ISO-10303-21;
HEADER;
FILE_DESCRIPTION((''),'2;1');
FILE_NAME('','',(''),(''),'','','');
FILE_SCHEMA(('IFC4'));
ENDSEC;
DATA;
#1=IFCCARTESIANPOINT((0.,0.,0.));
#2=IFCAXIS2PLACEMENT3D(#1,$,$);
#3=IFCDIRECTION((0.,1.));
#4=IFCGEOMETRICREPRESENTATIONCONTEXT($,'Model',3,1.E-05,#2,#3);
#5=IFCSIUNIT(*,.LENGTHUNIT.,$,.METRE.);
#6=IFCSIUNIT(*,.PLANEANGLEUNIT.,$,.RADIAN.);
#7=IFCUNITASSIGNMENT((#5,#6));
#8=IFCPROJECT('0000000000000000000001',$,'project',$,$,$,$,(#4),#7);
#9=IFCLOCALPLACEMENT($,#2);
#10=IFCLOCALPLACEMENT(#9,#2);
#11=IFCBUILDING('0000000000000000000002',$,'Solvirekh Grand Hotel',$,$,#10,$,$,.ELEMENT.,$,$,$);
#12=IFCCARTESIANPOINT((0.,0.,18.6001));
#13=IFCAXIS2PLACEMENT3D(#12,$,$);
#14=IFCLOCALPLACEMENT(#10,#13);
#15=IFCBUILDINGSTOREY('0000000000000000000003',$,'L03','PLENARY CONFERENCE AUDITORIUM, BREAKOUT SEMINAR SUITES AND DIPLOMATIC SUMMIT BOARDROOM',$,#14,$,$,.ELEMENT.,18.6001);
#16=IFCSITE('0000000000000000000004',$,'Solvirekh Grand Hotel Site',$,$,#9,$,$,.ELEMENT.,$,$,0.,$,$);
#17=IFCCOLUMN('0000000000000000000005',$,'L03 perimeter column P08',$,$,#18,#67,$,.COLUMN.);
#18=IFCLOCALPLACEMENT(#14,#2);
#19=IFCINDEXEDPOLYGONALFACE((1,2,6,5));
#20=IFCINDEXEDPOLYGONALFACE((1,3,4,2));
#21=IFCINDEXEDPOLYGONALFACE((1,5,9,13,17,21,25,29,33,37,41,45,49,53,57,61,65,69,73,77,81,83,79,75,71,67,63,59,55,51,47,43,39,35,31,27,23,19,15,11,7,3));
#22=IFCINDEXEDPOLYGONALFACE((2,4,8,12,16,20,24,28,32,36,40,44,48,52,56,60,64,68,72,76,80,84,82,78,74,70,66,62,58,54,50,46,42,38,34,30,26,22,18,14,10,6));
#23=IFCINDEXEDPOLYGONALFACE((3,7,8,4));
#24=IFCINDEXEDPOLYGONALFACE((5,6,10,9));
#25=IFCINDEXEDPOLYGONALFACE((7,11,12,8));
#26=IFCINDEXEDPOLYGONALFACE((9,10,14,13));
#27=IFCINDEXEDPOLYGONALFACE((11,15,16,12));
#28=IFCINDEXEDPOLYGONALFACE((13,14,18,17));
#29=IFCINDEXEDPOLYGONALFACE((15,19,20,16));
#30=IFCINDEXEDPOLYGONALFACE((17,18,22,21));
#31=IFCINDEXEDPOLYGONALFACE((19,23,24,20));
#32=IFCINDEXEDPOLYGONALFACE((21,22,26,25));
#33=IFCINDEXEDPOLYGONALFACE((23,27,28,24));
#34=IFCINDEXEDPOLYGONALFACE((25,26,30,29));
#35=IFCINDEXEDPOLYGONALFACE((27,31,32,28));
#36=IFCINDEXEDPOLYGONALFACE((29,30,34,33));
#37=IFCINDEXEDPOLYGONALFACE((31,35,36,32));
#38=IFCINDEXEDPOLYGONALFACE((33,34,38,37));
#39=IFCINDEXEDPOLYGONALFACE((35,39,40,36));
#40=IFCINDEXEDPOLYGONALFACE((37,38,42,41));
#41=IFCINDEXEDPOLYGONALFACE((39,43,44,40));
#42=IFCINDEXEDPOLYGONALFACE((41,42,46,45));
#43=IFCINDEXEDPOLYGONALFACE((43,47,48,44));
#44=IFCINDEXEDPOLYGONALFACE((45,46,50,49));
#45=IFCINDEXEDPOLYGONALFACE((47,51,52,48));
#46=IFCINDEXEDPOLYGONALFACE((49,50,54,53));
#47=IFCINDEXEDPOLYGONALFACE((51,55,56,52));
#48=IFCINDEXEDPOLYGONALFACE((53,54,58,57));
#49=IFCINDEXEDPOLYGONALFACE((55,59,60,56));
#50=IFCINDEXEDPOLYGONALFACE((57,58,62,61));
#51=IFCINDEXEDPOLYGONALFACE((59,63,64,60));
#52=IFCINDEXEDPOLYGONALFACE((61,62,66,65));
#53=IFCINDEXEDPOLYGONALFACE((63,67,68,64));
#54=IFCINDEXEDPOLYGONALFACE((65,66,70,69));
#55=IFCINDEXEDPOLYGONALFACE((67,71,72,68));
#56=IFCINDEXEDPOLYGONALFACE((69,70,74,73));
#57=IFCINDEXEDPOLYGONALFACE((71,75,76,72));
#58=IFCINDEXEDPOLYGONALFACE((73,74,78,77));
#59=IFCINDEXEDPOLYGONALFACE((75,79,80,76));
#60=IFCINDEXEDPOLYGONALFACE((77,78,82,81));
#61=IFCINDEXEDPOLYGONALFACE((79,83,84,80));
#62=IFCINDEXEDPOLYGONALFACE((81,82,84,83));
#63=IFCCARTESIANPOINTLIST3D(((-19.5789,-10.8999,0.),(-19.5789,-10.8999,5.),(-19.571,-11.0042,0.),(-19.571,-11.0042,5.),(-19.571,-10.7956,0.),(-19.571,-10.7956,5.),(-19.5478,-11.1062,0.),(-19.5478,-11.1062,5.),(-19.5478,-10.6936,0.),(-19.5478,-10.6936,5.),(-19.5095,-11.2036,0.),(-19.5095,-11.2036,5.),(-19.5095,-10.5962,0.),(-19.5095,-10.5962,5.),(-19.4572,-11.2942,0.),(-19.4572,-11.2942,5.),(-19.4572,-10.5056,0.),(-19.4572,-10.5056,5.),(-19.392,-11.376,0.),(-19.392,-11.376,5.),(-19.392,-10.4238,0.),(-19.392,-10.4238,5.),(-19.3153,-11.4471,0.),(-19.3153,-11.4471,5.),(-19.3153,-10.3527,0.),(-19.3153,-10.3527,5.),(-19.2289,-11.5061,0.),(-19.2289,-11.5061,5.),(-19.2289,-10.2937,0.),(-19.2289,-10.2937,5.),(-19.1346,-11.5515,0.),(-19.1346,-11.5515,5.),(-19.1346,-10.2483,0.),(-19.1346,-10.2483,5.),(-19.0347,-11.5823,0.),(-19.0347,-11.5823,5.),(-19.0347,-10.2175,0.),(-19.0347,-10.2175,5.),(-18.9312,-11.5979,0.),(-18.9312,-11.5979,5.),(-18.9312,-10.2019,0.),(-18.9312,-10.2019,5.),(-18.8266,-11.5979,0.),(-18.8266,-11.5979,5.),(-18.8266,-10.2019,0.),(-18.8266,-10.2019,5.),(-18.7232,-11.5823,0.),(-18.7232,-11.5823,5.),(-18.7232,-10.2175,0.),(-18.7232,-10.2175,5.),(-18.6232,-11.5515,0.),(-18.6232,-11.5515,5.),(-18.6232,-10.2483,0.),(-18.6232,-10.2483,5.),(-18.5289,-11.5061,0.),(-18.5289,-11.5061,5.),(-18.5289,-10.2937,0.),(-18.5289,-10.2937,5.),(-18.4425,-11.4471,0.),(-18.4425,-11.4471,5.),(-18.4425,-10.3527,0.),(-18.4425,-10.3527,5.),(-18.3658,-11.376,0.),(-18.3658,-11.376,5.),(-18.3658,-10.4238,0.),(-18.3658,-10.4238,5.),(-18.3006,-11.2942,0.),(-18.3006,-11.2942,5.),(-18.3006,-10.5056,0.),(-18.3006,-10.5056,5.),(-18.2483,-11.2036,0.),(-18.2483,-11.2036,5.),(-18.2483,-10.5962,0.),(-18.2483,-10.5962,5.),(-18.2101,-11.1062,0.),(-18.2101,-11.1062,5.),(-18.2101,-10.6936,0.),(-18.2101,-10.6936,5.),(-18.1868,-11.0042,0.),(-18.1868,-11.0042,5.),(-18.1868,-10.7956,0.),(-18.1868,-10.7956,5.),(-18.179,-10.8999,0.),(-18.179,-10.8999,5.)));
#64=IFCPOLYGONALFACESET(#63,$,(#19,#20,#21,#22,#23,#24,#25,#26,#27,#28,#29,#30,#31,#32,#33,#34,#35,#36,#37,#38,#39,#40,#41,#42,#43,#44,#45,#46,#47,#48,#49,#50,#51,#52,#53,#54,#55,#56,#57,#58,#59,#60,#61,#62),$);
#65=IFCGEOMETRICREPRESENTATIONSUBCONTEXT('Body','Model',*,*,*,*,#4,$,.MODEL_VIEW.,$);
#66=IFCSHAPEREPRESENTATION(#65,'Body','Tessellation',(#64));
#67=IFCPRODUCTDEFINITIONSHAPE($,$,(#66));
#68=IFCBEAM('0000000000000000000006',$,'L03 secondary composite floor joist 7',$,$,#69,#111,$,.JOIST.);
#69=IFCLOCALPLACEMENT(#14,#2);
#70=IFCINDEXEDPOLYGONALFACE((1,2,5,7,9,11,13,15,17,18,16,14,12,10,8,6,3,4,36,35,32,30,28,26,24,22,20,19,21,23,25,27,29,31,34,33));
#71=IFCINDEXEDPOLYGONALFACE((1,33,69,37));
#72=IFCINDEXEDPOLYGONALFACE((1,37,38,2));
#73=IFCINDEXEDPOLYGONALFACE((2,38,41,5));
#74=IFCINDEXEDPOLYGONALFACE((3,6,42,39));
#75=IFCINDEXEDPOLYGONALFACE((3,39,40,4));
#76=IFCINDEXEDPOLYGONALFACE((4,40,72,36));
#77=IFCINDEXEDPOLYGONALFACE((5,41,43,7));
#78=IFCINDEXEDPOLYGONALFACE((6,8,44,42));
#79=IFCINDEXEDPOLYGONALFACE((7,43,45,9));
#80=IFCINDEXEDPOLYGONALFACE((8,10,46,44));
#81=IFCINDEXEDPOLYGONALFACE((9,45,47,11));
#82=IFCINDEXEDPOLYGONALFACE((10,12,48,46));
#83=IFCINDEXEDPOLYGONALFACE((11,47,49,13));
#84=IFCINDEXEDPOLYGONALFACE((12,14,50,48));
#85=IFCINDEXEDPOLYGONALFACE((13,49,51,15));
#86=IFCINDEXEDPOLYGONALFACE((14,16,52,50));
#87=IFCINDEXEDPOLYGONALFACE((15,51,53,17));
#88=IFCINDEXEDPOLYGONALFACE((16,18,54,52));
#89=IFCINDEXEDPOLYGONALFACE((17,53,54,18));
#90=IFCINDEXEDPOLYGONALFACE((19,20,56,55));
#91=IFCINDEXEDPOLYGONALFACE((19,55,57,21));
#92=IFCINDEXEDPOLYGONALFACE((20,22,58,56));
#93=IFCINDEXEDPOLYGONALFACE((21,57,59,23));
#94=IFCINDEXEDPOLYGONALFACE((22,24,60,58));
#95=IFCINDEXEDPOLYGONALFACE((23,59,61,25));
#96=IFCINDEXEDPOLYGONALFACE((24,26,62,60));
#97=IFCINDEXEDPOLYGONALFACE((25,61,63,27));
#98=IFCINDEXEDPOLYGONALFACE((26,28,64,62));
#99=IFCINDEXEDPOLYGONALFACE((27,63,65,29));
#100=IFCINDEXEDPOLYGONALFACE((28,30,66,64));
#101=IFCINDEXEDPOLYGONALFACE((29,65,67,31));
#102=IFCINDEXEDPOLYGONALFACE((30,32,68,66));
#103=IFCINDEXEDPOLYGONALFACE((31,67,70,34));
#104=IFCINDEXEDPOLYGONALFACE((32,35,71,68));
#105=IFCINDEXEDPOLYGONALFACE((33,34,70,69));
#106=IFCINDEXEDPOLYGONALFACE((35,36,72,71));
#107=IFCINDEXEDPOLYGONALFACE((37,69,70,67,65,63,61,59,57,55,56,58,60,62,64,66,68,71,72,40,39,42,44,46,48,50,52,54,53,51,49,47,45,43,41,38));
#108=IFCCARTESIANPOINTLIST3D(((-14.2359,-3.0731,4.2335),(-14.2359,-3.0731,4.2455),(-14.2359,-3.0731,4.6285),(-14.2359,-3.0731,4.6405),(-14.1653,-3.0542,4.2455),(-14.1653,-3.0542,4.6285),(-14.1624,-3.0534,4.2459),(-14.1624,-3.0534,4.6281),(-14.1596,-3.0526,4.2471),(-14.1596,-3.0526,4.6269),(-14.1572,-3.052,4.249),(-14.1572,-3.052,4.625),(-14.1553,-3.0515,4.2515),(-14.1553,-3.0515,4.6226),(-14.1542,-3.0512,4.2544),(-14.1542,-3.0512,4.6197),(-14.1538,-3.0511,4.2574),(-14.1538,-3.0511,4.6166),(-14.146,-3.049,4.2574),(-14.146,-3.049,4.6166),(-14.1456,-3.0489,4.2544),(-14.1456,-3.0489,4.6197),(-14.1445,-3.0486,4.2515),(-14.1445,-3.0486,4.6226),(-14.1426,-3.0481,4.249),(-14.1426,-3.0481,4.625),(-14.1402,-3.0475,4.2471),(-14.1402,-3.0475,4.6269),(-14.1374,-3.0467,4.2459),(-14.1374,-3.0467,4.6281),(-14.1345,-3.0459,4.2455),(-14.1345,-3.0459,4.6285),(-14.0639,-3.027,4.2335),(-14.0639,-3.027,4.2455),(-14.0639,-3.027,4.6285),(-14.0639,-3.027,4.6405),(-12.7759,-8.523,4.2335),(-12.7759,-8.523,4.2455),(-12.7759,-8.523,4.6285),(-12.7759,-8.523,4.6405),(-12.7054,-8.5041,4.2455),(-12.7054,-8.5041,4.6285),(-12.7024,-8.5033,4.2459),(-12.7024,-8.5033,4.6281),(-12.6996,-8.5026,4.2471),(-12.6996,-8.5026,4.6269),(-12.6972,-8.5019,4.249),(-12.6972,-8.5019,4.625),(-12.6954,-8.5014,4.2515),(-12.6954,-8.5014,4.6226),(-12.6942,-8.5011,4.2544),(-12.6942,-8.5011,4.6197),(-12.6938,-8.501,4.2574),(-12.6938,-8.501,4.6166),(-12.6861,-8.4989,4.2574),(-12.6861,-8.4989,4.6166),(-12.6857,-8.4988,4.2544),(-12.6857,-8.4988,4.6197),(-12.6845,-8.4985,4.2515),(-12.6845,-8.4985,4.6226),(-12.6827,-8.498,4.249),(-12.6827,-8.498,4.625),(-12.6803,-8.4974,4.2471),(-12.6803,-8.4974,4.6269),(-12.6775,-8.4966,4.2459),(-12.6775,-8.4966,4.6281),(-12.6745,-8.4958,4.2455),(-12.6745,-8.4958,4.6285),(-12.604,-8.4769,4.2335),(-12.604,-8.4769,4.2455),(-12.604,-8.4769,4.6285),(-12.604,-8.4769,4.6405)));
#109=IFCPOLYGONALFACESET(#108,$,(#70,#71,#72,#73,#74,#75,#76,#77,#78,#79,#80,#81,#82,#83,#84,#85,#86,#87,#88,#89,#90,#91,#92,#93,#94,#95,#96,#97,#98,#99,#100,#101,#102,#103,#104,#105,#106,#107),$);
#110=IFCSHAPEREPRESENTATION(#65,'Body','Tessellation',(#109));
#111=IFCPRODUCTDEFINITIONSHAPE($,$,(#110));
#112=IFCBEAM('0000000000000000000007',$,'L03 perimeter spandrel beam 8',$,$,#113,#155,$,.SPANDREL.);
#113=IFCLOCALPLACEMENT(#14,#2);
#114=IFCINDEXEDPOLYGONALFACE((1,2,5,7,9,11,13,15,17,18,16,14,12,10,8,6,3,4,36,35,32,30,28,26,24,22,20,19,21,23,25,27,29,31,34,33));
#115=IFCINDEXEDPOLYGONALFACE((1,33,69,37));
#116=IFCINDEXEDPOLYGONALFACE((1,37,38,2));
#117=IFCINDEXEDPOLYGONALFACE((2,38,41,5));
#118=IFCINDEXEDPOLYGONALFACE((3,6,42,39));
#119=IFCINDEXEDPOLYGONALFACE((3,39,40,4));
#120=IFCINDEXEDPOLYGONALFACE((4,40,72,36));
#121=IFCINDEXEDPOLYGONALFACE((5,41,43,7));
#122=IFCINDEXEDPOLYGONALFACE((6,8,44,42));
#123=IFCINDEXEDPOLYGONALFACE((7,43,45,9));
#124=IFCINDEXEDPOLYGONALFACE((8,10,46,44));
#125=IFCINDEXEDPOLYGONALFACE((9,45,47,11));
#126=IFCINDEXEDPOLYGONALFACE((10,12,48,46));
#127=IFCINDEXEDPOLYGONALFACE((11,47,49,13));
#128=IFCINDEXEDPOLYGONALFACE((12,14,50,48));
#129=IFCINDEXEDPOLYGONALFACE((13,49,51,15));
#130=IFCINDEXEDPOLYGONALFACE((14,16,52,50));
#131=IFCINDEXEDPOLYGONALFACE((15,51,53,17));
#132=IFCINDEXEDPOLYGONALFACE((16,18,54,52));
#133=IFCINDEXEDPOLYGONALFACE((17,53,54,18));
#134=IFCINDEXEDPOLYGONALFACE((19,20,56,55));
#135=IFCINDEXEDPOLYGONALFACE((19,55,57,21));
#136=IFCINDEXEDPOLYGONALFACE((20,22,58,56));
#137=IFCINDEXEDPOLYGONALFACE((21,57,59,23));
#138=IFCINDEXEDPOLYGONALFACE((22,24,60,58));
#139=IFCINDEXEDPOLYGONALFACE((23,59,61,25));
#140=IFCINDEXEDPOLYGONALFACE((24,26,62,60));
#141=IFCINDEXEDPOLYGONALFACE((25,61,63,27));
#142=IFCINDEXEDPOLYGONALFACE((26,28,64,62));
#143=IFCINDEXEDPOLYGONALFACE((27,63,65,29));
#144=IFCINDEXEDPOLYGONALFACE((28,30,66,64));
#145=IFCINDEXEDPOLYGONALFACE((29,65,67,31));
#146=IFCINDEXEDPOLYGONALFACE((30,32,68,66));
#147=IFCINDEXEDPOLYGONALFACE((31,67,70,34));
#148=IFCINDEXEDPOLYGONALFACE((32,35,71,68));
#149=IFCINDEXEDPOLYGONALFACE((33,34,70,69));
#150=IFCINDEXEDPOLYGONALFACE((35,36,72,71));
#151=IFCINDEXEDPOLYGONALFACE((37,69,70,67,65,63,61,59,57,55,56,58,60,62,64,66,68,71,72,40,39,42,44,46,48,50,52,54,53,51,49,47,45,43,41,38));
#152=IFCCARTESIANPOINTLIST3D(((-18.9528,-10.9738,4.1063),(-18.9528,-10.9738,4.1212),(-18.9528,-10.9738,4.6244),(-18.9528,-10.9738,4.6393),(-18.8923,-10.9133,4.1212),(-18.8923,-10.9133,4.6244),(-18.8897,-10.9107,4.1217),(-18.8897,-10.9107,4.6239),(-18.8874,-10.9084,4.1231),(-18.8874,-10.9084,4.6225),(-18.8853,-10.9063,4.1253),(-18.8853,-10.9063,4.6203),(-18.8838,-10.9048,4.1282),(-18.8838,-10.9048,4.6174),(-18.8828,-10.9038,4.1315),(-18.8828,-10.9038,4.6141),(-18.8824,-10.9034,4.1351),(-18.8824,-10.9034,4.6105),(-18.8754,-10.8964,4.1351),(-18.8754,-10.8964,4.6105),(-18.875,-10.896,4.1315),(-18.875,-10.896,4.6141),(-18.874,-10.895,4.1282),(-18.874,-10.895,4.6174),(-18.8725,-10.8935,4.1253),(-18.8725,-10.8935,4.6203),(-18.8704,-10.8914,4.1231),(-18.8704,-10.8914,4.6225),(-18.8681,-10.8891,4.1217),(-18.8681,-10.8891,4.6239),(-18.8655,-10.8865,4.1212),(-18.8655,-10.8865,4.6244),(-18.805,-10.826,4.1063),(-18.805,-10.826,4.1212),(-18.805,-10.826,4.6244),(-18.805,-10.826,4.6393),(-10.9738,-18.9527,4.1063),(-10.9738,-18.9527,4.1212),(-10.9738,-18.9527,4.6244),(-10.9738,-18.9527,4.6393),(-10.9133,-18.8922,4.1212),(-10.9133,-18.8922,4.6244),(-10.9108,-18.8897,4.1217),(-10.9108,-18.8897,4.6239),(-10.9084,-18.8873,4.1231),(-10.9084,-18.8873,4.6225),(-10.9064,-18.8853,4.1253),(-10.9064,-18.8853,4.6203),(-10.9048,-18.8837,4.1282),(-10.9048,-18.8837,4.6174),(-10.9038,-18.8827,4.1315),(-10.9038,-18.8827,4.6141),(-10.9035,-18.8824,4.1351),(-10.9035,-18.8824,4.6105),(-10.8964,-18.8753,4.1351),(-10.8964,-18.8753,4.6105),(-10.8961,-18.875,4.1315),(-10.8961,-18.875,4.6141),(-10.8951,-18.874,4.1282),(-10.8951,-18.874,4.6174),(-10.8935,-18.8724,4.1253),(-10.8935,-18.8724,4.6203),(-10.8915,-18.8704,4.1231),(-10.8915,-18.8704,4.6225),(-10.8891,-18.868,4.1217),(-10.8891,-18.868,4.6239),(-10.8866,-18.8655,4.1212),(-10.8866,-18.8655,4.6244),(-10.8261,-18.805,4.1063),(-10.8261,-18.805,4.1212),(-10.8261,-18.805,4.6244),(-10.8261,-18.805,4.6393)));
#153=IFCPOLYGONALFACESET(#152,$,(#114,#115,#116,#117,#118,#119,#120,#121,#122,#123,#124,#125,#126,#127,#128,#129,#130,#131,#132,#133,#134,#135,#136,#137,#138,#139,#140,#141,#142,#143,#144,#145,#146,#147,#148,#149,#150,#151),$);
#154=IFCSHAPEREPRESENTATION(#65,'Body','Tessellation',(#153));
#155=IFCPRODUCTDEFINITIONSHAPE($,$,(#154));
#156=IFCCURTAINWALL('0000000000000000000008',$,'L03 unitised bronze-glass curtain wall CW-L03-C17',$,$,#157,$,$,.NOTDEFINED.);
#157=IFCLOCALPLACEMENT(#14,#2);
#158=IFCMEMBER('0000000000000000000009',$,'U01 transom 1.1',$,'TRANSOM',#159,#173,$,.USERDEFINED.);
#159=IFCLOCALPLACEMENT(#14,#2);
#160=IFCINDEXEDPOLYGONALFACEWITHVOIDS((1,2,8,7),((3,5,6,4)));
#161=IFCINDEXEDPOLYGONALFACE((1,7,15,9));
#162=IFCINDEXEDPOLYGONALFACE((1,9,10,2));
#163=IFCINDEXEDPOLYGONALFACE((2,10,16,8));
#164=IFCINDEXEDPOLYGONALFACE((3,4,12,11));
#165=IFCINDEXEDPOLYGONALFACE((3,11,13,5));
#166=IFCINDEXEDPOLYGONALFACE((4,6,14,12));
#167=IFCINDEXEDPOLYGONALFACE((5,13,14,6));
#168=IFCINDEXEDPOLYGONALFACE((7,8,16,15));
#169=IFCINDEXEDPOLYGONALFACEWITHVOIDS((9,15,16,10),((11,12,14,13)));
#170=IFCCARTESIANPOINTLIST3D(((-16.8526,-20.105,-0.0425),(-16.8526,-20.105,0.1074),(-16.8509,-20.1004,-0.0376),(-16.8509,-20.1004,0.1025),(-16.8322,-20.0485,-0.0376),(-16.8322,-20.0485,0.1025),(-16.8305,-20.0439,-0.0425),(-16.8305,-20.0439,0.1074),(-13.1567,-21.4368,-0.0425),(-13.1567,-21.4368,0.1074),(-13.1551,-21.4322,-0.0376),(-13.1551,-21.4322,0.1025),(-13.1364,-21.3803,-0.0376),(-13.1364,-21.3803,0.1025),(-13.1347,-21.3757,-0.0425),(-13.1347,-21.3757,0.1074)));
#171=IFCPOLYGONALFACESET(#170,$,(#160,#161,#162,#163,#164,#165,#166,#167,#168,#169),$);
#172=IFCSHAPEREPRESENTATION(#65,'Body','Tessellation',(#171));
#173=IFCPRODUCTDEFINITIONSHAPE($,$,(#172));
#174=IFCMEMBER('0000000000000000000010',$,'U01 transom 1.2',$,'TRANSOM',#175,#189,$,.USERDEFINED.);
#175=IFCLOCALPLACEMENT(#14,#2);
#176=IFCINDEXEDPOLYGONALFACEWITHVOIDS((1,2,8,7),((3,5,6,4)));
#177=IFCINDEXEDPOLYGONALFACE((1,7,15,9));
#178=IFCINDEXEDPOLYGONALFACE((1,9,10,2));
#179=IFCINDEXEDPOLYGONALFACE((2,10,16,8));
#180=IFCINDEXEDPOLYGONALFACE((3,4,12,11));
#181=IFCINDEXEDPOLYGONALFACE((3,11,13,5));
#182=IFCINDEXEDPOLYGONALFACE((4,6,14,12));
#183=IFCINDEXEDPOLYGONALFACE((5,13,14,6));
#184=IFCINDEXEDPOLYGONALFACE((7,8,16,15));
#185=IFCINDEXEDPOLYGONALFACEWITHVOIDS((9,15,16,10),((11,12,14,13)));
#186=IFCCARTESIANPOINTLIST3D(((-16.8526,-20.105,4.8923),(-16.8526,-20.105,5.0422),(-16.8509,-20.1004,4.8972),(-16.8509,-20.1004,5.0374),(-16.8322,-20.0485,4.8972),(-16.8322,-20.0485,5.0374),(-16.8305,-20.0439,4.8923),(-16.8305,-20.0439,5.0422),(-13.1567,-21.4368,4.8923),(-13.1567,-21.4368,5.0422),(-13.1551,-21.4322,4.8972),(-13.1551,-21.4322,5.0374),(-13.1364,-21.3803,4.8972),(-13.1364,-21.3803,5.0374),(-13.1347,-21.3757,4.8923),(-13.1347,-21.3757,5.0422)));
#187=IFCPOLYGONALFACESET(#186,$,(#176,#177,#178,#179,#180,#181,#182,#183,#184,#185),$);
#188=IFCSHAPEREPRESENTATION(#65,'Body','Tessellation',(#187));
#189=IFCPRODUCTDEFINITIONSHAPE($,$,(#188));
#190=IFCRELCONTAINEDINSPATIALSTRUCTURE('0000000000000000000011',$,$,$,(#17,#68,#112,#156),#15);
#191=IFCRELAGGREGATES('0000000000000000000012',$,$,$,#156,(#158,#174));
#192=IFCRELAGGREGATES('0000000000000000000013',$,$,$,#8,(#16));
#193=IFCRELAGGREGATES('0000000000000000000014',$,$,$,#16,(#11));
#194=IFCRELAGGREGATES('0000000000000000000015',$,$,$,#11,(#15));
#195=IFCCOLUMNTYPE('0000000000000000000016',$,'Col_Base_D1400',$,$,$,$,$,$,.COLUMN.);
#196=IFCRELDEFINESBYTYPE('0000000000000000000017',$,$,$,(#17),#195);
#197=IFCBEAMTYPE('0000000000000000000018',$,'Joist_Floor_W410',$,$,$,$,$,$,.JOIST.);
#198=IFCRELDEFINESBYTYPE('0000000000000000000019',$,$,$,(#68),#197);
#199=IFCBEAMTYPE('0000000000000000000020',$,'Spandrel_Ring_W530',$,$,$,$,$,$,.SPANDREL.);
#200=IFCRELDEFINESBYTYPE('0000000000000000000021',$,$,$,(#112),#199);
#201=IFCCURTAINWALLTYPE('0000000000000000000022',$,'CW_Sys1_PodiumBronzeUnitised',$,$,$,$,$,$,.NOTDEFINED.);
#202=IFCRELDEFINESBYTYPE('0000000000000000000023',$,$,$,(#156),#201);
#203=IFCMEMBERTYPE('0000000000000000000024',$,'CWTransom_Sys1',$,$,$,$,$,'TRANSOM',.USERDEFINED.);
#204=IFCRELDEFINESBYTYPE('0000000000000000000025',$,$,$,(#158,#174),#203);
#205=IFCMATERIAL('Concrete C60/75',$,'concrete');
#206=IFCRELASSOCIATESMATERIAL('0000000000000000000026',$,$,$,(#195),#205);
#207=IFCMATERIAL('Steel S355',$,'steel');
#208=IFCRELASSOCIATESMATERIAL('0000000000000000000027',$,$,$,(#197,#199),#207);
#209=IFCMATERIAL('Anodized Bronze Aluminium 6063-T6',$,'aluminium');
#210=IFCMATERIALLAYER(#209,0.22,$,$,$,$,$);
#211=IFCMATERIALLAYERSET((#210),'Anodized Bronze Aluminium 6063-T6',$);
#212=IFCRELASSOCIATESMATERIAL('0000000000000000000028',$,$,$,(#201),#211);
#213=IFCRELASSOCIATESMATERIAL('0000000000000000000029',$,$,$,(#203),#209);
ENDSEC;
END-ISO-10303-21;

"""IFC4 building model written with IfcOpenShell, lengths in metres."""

from ifc_helpers import new_model, si_unit, direction, frame, origin, origin_2d, place, context, subcontext, project, spatial, hollow_rectangle, circle, i_section, extrude, source, transform, mapped, material, layer, layer_set, material_profile, profile_set, type_object, element, aggregate, save


model = new_model("IFC4")

# Units and contexts
model_context = context("Model", 3, precision=1e-05, world=origin(), true_north=direction((0.0, 1.0)))
body_context = subcontext(model_context, "Body", "Model", "MODEL_VIEW")
ifc_project = project(units=[si_unit("LENGTHUNIT", "METRE"), si_unit("PLANEANGLEUNIT", "RADIAN")], contexts=[model_context])

# Site, building, storey
site_placement = place(None, origin())
site = spatial("IfcSite", under=ifc_project, at=site_placement, Name="Solvirekh Grand Hotel Site", CompositionType="ELEMENT", RefElevation=0.0)
building_placement = place(site_placement, origin())
building = spatial("IfcBuilding", under=site, at=building_placement, Name="Solvirekh Grand Hotel", CompositionType="ELEMENT")
storey_placement = place(building_placement, frame((0.0, 0.0, 18.6001)))
storey = spatial("IfcBuildingStorey", under=building, at=storey_placement, Name="L03", Description="PLENARY CONFERENCE AUDITORIUM, BREAKOUT SEMINAR SUITES AND DIPLOMATIC SUMMIT BOARDROOM", CompositionType="ELEMENT", Elevation=18.6001)

# Column
ifc_material_1 = material(Name="Concrete C60/75", Category="concrete")
ifc_material_profile_1 = material_profile(ifc_material_1, circle(Radius=0.7, at=origin_2d()), Name="RC CIRC D1400")
ifc_profile_set_1 = profile_set([ifc_material_profile_1], Name="Concrete C60/75")
column_type = type_object("IfcColumnType", Name="Col_Base_D1400", PredefinedType="COLUMN", material=ifc_profile_set_1)
column_placement = place(storey_placement, frame((-18.8789, -10.8999, 0.0), z_axis=(0.0, 0.0, 1.0), x_axis=(1.0, 0.0, 0.0)))
element("IfcColumn", 1, at=column_placement, inside=storey, type_object=column_type, Name="L03 perimeter column P08", PredefinedType="COLUMN", context=body_context, shape_type="SweptSolid", body=[
    extrude(circle(Radius=0.7, at=origin_2d()), origin(), (0.0, 0.0, 1.0), 5.0),
])

# Beams
ifc_material_2 = material(Name="Steel S355", Category="steel")
ifc_material_profile_2 = material_profile(ifc_material_2, i_section(OverallWidth=0.178, OverallDepth=0.407, WebThickness=0.0081, FlangeThickness=0.012, FilletRadius=0.012, at=origin_2d()), Name="W410X60")
ifc_profile_set_2 = profile_set([ifc_material_profile_2], Name="Steel S355")
beam_type_1 = type_object("IfcBeamType", Name="Joist_Floor_W410", PredefinedType="JOIST", material=ifc_profile_set_2)
beam_1_placement = place(storey_placement, frame((-14.1499, -3.05, 4.437), z_axis=(0.258761, -0.965941, 0.0), x_axis=(0.965941, 0.258761, 0.0)))
element("IfcBeam", 2, at=beam_1_placement, inside=storey, type_object=beam_type_1, Name="L03 secondary composite floor joist 7", PredefinedType="JOIST", context=body_context, shape_type="SweptSolid", body=[
    extrude(i_section(OverallWidth=0.178, OverallDepth=0.407, WebThickness=0.0081, FlangeThickness=0.012, FilletRadius=0.012, at=origin_2d()), origin(), (0.0, 0.0, 1.0), 5.6421),
])
ifc_material_profile_3 = material_profile(ifc_material_2, i_section(OverallWidth=0.209, OverallDepth=0.533, WebThickness=0.01, FlangeThickness=0.0149, FilletRadius=0.0139, at=origin_2d()), Name="W530X92")
ifc_profile_set_3 = profile_set([ifc_material_profile_3], Name="Steel S355")
beam_type_2 = type_object("IfcBeamType", Name="Spandrel_Ring_W530", PredefinedType="SPANDREL", material=ifc_profile_set_3)
beam_2_placement = place(storey_placement, frame((-18.8789, -10.8999, 4.3728), z_axis=(0.707107, -0.707107, 0.0), x_axis=(0.707107, 0.707107, 0.0)))
element("IfcBeam", 3, at=beam_2_placement, inside=storey, type_object=beam_type_2, Name="L03 perimeter spandrel beam 8", PredefinedType="SPANDREL", context=body_context, shape_type="SweptSolid", body=[
    extrude(i_section(OverallWidth=0.209, OverallDepth=0.533, WebThickness=0.01, FlangeThickness=0.0149, FilletRadius=0.0139, at=origin_2d()), origin(), (0.0, 0.0, 1.0), 11.2839),
])

# Curtain wall, members
ifc_material_3 = material(Name="Anodized Bronze Aluminium 6063-T6", Category="aluminium")
ifc_layer_1 = layer(ifc_material_3, 0.22)
ifc_layer_set_1 = layer_set([ifc_layer_1], Name="Anodized Bronze Aluminium 6063-T6")
curtain_wall_type = type_object("IfcCurtainWallType", Name="CW_Sys1_PodiumBronzeUnitised", PredefinedType="NOTDEFINED", material=ifc_layer_set_1)
curtain_wall_1_placement = place(storey_placement, origin())
curtain_wall_1 = element("IfcCurtainWall", 4, at=curtain_wall_1_placement, inside=storey, type_object=curtain_wall_type, Name="L03 unitised bronze-glass curtain wall CW-L03-C17", PredefinedType="NOTDEFINED")
ifc_material_profile_4 = material_profile(ifc_material_3, hollow_rectangle(XDim=0.0649, YDim=0.1499, WallThickness=0.0049, at=origin_2d()), Name="ALU RHS 150X65X5")
ifc_profile_set_4 = profile_set([ifc_material_profile_4], Name="Anodized Bronze Aluminium 6063-T6")
member_type_1 = type_object("IfcMemberType", Name="CWTransom_Sys1", ElementType="TRANSOM", PredefinedType="USERDEFINED", material=ifc_profile_set_4)
shared_shape_1 = source(origin(), body_context, "Body", "SweptSolid", [
    extrude(hollow_rectangle(XDim=0.0649, YDim=0.1499, WallThickness=0.0049, at=origin_2d()), origin(), (0.0, 0.0, 1.0), 3.9285),
])
member_1_placement = place(storey_placement, frame((-16.8416, -20.0745, 0.0325), z_axis=(0.940782, -0.339012, 0.0), x_axis=(0.339012, 0.940782, 0.0)))
member_1 = element("IfcMember", 5, at=member_1_placement, type_object=member_type_1, Name="U01 transom 1.1", ObjectType="TRANSOM", PredefinedType="USERDEFINED", context=body_context, shape_type="MappedRepresentation", body=[
    mapped(shared_shape_1, transform((0.0, 0.0, 0.0), x_axis=(1.0, 0.0, 0.0), y_axis=(0.0, 1.0, 0.0), z_axis=(0.0, 0.0, 1.0), scale=1.0)),
])
member_2_placement = place(storey_placement, frame((-16.8416, -20.0745, 4.9673), z_axis=(0.940782, -0.339012, 0.0), x_axis=(0.339012, 0.940782, 0.0)))
member_2 = element("IfcMember", 6, at=member_2_placement, type_object=member_type_1, Name="U01 transom 1.2", ObjectType="TRANSOM", PredefinedType="USERDEFINED", context=body_context, shape_type="MappedRepresentation", body=[
    mapped(shared_shape_1, transform((0.0, 0.0, 0.0), x_axis=(1.0, 0.0, 0.0), y_axis=(0.0, 1.0, 0.0), z_axis=(0.0, 0.0, 1.0), scale=1.0)),
])

aggregate(curtain_wall_1, [member_1, member_2])

save(model, "model.ifc")
